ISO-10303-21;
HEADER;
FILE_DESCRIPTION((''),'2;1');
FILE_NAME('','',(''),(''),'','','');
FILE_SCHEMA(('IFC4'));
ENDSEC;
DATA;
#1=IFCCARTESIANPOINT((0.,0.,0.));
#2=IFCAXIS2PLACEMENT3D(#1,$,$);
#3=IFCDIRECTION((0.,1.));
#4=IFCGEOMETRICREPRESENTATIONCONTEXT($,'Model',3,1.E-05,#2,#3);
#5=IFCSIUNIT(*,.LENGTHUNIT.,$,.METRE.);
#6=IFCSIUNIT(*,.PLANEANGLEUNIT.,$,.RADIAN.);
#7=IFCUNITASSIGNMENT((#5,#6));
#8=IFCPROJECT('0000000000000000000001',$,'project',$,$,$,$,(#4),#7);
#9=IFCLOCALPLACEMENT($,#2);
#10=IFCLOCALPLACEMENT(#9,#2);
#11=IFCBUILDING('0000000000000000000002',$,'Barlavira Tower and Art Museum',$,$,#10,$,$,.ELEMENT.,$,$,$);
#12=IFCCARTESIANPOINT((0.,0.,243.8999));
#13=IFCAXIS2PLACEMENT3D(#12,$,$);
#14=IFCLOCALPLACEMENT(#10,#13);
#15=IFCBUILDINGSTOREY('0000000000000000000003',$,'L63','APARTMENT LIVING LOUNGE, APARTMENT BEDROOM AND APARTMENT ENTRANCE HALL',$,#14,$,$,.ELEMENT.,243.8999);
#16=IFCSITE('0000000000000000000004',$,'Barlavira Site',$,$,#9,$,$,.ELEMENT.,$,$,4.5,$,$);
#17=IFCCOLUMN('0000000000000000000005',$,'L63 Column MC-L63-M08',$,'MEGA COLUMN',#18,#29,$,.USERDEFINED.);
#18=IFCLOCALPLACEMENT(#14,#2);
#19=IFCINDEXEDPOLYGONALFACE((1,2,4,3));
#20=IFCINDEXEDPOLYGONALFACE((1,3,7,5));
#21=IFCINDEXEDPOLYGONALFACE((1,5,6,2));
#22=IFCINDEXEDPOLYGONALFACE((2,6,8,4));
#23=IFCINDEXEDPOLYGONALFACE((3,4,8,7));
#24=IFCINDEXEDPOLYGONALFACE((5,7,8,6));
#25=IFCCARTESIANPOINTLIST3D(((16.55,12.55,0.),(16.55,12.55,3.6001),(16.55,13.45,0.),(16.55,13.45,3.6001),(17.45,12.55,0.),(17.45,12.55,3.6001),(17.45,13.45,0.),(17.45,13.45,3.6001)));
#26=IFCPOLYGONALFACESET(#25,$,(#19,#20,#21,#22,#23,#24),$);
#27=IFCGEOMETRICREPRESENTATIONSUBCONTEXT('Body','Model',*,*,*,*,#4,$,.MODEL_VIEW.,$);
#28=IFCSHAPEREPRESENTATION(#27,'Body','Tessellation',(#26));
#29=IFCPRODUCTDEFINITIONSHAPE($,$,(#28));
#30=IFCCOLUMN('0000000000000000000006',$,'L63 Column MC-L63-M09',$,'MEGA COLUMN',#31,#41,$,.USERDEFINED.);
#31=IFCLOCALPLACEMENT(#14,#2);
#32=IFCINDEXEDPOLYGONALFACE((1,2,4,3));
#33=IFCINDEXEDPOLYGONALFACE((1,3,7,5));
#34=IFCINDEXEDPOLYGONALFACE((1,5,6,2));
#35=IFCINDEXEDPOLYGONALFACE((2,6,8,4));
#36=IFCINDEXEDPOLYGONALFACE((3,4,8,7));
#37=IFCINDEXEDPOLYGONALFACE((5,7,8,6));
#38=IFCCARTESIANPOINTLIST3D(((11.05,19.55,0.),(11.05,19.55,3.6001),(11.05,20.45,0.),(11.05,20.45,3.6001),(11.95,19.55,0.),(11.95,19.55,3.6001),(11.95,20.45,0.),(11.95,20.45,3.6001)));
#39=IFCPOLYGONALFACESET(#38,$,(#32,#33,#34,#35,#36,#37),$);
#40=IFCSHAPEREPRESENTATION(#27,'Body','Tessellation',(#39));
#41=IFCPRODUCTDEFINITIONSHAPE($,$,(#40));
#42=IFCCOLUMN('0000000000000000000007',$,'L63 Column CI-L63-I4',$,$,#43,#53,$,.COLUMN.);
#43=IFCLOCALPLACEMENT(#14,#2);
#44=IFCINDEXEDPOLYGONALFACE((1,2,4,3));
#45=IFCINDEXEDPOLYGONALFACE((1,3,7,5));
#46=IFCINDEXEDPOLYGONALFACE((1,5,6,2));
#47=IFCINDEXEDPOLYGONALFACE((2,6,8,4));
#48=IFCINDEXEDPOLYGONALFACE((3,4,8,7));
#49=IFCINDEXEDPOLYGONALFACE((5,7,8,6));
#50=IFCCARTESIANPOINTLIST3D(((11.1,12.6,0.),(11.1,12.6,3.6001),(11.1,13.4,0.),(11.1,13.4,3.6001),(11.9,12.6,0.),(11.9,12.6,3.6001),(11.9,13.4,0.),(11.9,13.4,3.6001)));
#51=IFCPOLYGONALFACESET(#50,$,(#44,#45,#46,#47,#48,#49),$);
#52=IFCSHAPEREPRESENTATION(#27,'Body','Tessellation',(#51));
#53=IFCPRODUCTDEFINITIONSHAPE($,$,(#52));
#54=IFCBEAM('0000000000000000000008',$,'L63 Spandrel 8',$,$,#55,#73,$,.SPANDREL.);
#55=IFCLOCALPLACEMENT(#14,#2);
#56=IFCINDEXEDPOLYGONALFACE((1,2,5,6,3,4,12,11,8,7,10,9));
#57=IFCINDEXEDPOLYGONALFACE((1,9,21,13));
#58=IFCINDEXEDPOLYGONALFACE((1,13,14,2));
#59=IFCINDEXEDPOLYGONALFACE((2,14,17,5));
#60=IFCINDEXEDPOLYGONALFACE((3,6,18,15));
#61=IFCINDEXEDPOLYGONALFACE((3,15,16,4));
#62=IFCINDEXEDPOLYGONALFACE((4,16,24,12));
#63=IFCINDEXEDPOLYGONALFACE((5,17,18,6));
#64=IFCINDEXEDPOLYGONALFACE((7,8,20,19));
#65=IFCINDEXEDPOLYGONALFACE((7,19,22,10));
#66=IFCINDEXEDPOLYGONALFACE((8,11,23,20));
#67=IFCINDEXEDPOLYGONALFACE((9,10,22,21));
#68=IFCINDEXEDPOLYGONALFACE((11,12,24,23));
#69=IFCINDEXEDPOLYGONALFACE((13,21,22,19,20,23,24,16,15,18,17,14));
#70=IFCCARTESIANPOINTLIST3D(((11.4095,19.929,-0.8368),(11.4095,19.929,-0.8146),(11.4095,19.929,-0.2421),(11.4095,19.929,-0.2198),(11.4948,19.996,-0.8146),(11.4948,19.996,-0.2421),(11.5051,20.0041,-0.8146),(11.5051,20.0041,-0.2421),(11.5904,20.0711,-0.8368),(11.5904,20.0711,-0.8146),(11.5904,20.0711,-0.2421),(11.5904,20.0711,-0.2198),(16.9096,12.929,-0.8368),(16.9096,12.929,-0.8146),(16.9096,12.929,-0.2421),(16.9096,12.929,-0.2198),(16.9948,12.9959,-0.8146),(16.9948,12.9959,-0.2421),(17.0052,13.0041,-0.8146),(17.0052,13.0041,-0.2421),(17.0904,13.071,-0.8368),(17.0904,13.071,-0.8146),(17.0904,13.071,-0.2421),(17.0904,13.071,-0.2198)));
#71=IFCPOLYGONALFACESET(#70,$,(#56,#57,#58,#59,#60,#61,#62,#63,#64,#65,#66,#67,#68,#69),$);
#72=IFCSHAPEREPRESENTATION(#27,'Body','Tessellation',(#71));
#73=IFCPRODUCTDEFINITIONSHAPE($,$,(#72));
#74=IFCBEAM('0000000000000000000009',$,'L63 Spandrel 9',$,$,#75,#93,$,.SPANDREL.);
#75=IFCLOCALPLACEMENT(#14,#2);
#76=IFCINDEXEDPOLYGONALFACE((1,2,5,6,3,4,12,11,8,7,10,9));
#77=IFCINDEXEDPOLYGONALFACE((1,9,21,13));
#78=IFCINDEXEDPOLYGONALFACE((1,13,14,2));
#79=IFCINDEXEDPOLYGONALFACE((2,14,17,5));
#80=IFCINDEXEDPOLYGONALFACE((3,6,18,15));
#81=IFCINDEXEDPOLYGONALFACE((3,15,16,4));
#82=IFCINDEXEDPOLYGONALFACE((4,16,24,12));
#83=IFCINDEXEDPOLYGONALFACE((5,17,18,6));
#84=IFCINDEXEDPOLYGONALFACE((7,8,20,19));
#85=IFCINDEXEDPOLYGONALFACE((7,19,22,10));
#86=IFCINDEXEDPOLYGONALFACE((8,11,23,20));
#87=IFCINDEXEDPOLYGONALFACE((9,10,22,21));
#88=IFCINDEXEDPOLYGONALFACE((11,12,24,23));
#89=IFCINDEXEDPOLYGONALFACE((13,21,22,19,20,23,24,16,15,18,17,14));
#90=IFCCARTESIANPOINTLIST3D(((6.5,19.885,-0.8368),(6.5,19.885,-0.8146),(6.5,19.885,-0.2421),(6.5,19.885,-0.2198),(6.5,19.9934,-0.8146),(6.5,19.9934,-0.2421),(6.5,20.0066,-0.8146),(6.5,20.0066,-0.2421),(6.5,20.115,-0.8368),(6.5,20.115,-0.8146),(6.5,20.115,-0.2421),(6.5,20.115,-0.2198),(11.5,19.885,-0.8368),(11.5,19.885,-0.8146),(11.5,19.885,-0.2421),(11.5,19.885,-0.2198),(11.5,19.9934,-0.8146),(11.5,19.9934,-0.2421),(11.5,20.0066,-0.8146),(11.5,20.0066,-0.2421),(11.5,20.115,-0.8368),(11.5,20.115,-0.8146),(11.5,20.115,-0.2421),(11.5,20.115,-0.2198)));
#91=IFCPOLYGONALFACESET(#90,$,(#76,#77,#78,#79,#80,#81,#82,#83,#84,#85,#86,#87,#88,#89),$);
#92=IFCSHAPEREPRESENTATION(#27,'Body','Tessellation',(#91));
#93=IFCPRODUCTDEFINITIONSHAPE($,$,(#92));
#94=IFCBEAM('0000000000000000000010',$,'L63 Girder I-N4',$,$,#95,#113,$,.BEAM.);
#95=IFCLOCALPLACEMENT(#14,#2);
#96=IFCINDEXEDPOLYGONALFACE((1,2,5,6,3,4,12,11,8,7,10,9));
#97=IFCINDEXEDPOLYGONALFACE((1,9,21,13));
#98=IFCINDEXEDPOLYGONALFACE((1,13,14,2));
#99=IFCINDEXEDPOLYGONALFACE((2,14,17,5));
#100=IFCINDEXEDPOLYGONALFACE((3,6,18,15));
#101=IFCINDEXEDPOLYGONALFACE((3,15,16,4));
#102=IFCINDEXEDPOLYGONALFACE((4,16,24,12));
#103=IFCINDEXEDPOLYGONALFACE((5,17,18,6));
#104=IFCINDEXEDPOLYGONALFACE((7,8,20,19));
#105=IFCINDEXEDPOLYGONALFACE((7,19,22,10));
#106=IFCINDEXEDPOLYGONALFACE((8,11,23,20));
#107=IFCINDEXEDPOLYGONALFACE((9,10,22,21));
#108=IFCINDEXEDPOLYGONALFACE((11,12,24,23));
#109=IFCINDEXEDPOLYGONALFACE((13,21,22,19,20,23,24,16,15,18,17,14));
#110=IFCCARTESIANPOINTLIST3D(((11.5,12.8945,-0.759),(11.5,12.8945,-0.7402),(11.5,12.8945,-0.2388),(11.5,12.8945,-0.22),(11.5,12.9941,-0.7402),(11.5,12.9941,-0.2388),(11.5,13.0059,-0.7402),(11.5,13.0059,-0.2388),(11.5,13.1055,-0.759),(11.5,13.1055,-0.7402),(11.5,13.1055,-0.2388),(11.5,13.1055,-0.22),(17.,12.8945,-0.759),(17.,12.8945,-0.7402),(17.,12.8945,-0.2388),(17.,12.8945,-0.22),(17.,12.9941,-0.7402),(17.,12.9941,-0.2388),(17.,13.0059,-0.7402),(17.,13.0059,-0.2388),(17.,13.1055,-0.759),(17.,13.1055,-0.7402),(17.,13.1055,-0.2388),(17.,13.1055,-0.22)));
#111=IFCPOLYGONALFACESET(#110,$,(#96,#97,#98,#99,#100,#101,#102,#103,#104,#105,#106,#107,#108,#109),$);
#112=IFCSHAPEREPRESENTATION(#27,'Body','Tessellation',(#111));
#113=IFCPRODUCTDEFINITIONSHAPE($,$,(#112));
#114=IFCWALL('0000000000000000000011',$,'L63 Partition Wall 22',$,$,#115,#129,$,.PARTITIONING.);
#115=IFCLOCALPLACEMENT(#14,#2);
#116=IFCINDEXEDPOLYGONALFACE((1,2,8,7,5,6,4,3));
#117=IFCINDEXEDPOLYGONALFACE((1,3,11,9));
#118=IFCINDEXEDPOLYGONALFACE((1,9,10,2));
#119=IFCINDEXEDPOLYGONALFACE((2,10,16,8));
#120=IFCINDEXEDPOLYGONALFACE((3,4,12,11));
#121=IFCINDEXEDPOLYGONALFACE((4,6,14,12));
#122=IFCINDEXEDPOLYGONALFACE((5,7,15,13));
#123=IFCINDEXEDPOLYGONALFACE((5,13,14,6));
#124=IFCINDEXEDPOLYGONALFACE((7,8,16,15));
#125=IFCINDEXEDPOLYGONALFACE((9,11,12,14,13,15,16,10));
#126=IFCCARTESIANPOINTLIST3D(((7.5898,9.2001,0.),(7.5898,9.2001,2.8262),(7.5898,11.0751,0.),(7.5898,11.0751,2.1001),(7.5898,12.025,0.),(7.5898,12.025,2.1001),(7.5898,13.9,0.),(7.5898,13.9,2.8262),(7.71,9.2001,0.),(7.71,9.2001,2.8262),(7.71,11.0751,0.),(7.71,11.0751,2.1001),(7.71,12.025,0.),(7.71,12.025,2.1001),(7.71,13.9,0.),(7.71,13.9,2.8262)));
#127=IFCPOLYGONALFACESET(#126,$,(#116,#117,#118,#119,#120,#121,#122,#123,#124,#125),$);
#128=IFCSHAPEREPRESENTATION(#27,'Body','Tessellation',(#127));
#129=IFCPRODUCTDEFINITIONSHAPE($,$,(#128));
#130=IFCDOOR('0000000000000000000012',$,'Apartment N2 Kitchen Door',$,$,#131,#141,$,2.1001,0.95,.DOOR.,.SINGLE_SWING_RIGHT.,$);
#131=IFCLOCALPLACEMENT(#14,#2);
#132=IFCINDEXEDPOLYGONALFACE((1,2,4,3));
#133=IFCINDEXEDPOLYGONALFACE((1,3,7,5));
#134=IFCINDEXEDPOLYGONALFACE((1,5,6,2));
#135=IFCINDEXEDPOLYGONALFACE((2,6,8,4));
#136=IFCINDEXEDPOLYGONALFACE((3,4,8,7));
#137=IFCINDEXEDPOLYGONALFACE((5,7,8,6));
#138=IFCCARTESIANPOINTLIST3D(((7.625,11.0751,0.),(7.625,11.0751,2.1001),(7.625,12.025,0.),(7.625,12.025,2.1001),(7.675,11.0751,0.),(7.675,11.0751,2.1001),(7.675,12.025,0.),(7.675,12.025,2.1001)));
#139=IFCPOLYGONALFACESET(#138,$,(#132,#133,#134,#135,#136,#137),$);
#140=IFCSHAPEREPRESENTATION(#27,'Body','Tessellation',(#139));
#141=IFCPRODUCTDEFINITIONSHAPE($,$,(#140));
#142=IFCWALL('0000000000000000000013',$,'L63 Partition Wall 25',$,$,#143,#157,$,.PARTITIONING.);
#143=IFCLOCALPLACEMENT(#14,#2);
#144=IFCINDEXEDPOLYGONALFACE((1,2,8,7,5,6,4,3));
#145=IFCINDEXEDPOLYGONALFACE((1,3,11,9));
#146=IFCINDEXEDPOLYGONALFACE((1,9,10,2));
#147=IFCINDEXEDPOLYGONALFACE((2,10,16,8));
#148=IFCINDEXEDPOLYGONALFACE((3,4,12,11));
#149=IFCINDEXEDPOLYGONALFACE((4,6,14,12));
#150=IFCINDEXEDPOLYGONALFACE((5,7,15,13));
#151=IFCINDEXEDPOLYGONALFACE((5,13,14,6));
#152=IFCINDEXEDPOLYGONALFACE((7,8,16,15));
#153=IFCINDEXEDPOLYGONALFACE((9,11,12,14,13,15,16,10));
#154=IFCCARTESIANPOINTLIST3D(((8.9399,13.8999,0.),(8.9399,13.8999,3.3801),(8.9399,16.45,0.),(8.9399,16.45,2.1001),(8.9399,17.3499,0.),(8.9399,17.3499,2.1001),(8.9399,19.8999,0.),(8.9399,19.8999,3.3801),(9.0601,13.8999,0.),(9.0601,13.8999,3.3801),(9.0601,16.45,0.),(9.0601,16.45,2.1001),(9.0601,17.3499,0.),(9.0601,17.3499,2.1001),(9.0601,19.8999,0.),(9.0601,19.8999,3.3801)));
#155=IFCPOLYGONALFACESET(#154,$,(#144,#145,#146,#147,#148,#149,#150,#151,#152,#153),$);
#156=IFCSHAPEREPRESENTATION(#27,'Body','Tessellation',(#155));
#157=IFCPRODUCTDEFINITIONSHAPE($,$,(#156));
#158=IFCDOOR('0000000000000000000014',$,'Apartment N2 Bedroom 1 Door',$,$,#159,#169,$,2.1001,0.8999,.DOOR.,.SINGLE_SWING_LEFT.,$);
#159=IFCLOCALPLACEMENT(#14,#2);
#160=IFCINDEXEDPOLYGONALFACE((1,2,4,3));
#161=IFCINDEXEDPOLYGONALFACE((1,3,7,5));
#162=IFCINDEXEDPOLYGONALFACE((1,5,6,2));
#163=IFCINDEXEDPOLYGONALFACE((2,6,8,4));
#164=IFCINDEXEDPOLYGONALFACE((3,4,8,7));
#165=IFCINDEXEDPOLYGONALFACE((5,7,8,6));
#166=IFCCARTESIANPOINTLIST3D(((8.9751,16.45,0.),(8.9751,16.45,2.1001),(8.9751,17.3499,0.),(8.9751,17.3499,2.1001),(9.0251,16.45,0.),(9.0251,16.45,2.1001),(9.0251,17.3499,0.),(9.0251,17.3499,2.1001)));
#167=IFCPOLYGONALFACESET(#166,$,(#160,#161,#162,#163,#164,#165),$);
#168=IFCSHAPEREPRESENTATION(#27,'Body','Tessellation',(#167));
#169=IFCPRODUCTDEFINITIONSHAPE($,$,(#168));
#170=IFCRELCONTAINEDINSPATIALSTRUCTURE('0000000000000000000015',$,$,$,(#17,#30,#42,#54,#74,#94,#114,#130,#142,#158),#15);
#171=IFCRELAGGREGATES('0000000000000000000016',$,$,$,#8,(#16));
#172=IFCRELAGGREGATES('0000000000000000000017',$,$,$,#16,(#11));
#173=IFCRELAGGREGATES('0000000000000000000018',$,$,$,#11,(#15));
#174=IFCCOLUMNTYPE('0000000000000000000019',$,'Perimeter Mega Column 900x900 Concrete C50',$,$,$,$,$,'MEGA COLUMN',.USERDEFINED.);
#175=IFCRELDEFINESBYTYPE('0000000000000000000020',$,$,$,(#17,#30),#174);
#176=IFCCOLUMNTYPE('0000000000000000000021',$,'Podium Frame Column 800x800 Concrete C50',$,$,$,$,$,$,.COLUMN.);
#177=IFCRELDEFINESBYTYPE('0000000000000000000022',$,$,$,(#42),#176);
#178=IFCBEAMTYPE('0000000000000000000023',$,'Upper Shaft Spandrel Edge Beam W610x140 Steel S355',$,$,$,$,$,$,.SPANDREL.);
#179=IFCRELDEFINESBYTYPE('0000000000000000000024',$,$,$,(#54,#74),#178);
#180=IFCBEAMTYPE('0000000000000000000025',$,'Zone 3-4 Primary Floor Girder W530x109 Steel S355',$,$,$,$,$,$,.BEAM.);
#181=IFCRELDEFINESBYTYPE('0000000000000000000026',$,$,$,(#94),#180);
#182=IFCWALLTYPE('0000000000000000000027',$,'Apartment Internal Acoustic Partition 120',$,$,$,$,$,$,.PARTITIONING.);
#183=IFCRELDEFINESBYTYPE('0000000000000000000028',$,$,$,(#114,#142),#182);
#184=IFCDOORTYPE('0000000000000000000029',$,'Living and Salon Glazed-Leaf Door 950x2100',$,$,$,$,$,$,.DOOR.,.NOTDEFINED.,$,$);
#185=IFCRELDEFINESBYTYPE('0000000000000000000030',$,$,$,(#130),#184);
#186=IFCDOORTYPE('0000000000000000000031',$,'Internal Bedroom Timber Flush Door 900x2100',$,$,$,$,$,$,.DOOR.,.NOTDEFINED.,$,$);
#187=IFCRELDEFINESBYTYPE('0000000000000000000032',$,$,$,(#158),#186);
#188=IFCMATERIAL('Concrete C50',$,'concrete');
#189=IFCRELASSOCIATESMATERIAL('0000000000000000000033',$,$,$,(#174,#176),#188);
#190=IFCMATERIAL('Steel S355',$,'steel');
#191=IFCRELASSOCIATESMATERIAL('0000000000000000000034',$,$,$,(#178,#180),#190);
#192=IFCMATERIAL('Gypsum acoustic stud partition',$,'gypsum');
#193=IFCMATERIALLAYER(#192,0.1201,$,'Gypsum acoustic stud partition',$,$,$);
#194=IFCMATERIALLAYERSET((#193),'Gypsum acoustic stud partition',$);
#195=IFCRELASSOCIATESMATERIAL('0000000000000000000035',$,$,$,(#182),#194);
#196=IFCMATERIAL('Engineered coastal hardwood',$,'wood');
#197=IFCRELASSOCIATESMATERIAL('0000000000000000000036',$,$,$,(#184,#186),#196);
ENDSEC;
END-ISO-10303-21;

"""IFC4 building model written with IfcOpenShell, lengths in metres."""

from ifc_helpers import new_model, si_unit, direction, frame, frame_2d, origin, origin_2d, place, context, subcontext, project, spatial, rectangle, i_section, extrude, material, layer, layer_set, material_profile, profile_set, type_object, element, fill, save


model = new_model("IFC4")

# Units and contexts
model_context = context("Model", 3, precision=1e-05, world=origin(), true_north=direction((0.0, 1.0)))
body_context = subcontext(model_context, "Body", "Model", "MODEL_VIEW")
ifc_project = project(units=[si_unit("LENGTHUNIT", "METRE"), si_unit("PLANEANGLEUNIT", "RADIAN")], contexts=[model_context])

# Site, building, storey
site_placement = place(None, origin())
site = spatial("IfcSite", under=ifc_project, at=site_placement, Name="Barlavira Site", CompositionType="ELEMENT", RefElevation=4.5)
building_placement = place(site_placement, origin())
building = spatial("IfcBuilding", under=site, at=building_placement, Name="Barlavira Tower and Art Museum", CompositionType="ELEMENT")
storey_placement = place(building_placement, frame((0.0, 0.0, 243.8999)))
storey = spatial("IfcBuildingStorey", under=building, at=storey_placement, Name="L63", Description="APARTMENT LIVING LOUNGE, APARTMENT BEDROOM AND APARTMENT ENTRANCE HALL", CompositionType="ELEMENT", Elevation=243.8999)

# Columns
ifc_material_1 = material(Name="Concrete C50", Category="concrete")
ifc_material_profile_1 = material_profile(ifc_material_1, rectangle(XDim=0.8999, YDim=0.8999, at=origin_2d()), Name="RC-COL 900x900")
ifc_profile_set_1 = profile_set([ifc_material_profile_1], Name="Concrete C50")
column_type_1 = type_object("IfcColumnType", Name="Perimeter Mega Column 900x900 Concrete C50", ElementType="MEGA COLUMN", PredefinedType="USERDEFINED", material=ifc_profile_set_1)
for number, where, z_axis, x_axis, name in (
    (1, (17.0, 13.0, 0.0), (0.0, 0.0, 1.0), (1.0, 0.0, 0.0), "L63 Column MC-L63-M08"),
    (2, (11.5, 20.0, 0.0), (0.0, 0.0, 1.0), (1.0, 0.0, 0.0), "L63 Column MC-L63-M09"),
):
    element("IfcColumn", number, at=place(storey_placement, frame(where, z_axis=z_axis, x_axis=x_axis)), inside=storey, type_object=column_type_1, Name=name, ObjectType="MEGA COLUMN", PredefinedType="USERDEFINED", context=body_context, shape_type="SweptSolid", body=[
        extrude(rectangle(XDim=0.8999, YDim=0.8999, at=origin_2d()), origin(), (0.0, 0.0, 1.0), 3.6001),
    ])
ifc_material_profile_2 = material_profile(ifc_material_1, rectangle(XDim=0.8, YDim=0.8, at=origin_2d()), Name="RC-COL 800x800")
ifc_profile_set_2 = profile_set([ifc_material_profile_2], Name="Concrete C50")
column_type_2 = type_object("IfcColumnType", Name="Podium Frame Column 800x800 Concrete C50", PredefinedType="COLUMN", material=ifc_profile_set_2)
column_placement = place(storey_placement, frame((11.5, 13.0, 0.0), z_axis=(0.0, 0.0, 1.0), x_axis=(1.0, 0.0, 0.0)))
element("IfcColumn", 3, at=column_placement, inside=storey, type_object=column_type_2, Name="L63 Column CI-L63-I4", PredefinedType="COLUMN", context=body_context, shape_type="SweptSolid", body=[
    extrude(rectangle(XDim=0.8, YDim=0.8, at=origin_2d()), origin(), (0.0, 0.0, 1.0), 3.6001),
])

# Beams
ifc_material_2 = material(Name="Steel S355", Category="steel")
ifc_material_profile_3 = material_profile(ifc_material_2, i_section(OverallWidth=0.23, OverallDepth=0.6169, WebThickness=0.0132, FlangeThickness=0.0222, at=origin_2d()), Name="W610x140.0")
ifc_profile_set_3 = profile_set([ifc_material_profile_3], Name="Steel S355")
beam_type_1 = type_object("IfcBeamType", Name="Upper Shaft Spandrel Edge Beam W610x140 Steel S355", PredefinedType="SPANDREL", material=ifc_profile_set_3)
beam_1_placement = place(storey_placement, frame((17.0, 13.0, -0.5283), z_axis=(-0.617822, 0.786318, 0.0), x_axis=(-0.786318, -0.617822, 0.0)))
element("IfcBeam", 4, at=beam_1_placement, inside=storey, type_object=beam_type_1, Name="L63 Spandrel 8", PredefinedType="SPANDREL", context=body_context, shape_type="SweptSolid", body=[
    extrude(i_section(OverallWidth=0.23, OverallDepth=0.6169, WebThickness=0.0132, FlangeThickness=0.0222, at=origin_2d()), origin(), (0.0, 0.0, 1.0), 8.9023),
])
beam_2_placement = place(storey_placement, frame((6.5, 20.0, -0.5283), z_axis=(1.0, 0.0, 0.0), x_axis=(0.0, 1.0, 0.0)))
element("IfcBeam", 5, at=beam_2_placement, inside=storey, type_object=beam_type_1, Name="L63 Spandrel 9", PredefinedType="SPANDREL", context=body_context, shape_type="SweptSolid", body=[
    extrude(i_section(OverallWidth=0.23, OverallDepth=0.6169, WebThickness=0.0132, FlangeThickness=0.0222, at=origin_2d()), origin(), (0.0, 0.0, 1.0), 5.0),
])
ifc_material_profile_4 = material_profile(ifc_material_2, i_section(OverallWidth=0.2109, OverallDepth=0.5391, WebThickness=0.0117, FlangeThickness=0.0188, at=origin_2d()), Name="W530x109.0")
ifc_profile_set_4 = profile_set([ifc_material_profile_4], Name="Steel S355")
beam_type_2 = type_object("IfcBeamType", Name="Zone 3-4 Primary Floor Girder W530x109 Steel S355", PredefinedType="BEAM", material=ifc_profile_set_4)
beam_3_placement = place(storey_placement, frame((11.5, 13.0, -0.4895), z_axis=(1.0, 0.0, 0.0), x_axis=(0.0, 1.0, 0.0)))
element("IfcBeam", 6, at=beam_3_placement, inside=storey, type_object=beam_type_2, Name="L63 Girder I-N4", PredefinedType="BEAM", context=body_context, shape_type="SweptSolid", body=[
    extrude(i_section(OverallWidth=0.2109, OverallDepth=0.5391, WebThickness=0.0117, FlangeThickness=0.0188, at=origin_2d()), origin(), (0.0, 0.0, 1.0), 5.5),
])

# Walls, openings, doors
ifc_material_3 = material(Name="Gypsum acoustic stud partition", Category="gypsum")
ifc_layer_1 = layer(ifc_material_3, 0.1201, Name="Gypsum acoustic stud partition")
ifc_layer_set_1 = layer_set([ifc_layer_1], Name="Gypsum acoustic stud partition")
wall_type_1 = type_object("IfcWallType", Name="Apartment Internal Acoustic Partition 120", PredefinedType="PARTITIONING", material=ifc_layer_set_1)
wall_1_placement = place(storey_placement, frame((7.6499, 9.2, 0.0), z_axis=(0.0, 0.0, 1.0), x_axis=(0.0, 1.0, 0.0)))
wall_1 = element("IfcWall", 7, at=wall_1_placement, inside=storey, type_object=wall_type_1, Name="L63 Partition Wall 22", PredefinedType="PARTITIONING", context=body_context, shape_type="SweptSolid", body=[
    extrude(rectangle(XDim=4.7, YDim=0.1201, at=frame_2d((2.3501, 0.0))), origin(), (0.0, 0.0, 1.0), 2.8262),
])
opening_1_placement = place(wall_1_placement, frame((1.875, 0.0, 0.0)))
opening_1 = element("IfcOpeningElement", 8, at=opening_1_placement, cuts=wall_1, PredefinedType="OPENING", context=body_context, shape_type="SweptSolid", body=[
    extrude(rectangle(XDim=0.95, YDim=2.1001, at=frame_2d((0.4751, 1.05))), frame((0.0, 0.0701, 0.0), z_axis=(0.0, -1.0, 0.0), x_axis=(1.0, 0.0, 0.0)), (0.0, 0.0, 1.0), 0.1401),
])
ifc_material_4 = material(Name="Engineered coastal hardwood", Category="wood")
door_type_1 = type_object("IfcDoorType", Name="Living and Salon Glazed-Leaf Door 950x2100", OperationType="NOTDEFINED", PredefinedType="DOOR", material=ifc_material_4)
door_1_placement = place(opening_1_placement, origin())
door_1 = element("IfcDoor", 9, at=door_1_placement, inside=storey, type_object=door_type_1, Name="Apartment N2 Kitchen Door", OperationType="SINGLE_SWING_RIGHT", OverallHeight=2.1001, OverallWidth=0.95, PredefinedType="DOOR", context=body_context, shape_type="SweptSolid", body=[
    extrude(rectangle(XDim=0.95, YDim=2.1001, at=frame_2d((0.4751, 1.05))), frame((0.0, 0.0249, 0.0), z_axis=(0.0, -1.0, 0.0), x_axis=(1.0, 0.0, 0.0)), (0.0, 0.0, 1.0), 0.05),
])
fill(opening_1, door_1)
wall_2_placement = place(storey_placement, frame((9.0, 13.8999, 0.0), z_axis=(0.0, 0.0, 1.0), x_axis=(0.0, 1.0, 0.0)))
wall_2 = element("IfcWall", 10, at=wall_2_placement, inside=storey, type_object=wall_type_1, Name="L63 Partition Wall 25", PredefinedType="PARTITIONING", context=body_context, shape_type="SweptSolid", body=[
    extrude(rectangle(XDim=6.0, YDim=0.1201, at=frame_2d((3.0, 0.0))), origin(), (0.0, 0.0, 1.0), 3.3801),
])
opening_2_placement = place(wall_2_placement, frame((2.55, 0.0, 0.0)))
opening_2 = element("IfcOpeningElement", 11, at=opening_2_placement, cuts=wall_2, PredefinedType="OPENING", context=body_context, shape_type="SweptSolid", body=[
    extrude(rectangle(XDim=0.8999, YDim=2.1001, at=frame_2d((0.45, 1.05))), frame((0.0, 0.0701, 0.0), z_axis=(0.0, -1.0, 0.0), x_axis=(1.0, 0.0, 0.0)), (0.0, 0.0, 1.0), 0.1401),
])
door_type_2 = type_object("IfcDoorType", Name="Internal Bedroom Timber Flush Door 900x2100", OperationType="NOTDEFINED", PredefinedType="DOOR", material=ifc_material_4)
door_2_placement = place(opening_2_placement, origin())
door_2 = element("IfcDoor", 12, at=door_2_placement, inside=storey, type_object=door_type_2, Name="Apartment N2 Bedroom 1 Door", OperationType="SINGLE_SWING_LEFT", OverallHeight=2.1001, OverallWidth=0.8999, PredefinedType="DOOR", context=body_context, shape_type="SweptSolid", body=[
    extrude(rectangle(XDim=0.8999, YDim=2.1001, at=frame_2d((0.45, 1.05))), frame((0.0, 0.0249, 0.0), z_axis=(0.0, -1.0, 0.0), x_axis=(1.0, 0.0, 0.0)), (0.0, 0.0, 1.0), 0.05),
])
fill(opening_2, door_2)

save(model, "model.ifc")
